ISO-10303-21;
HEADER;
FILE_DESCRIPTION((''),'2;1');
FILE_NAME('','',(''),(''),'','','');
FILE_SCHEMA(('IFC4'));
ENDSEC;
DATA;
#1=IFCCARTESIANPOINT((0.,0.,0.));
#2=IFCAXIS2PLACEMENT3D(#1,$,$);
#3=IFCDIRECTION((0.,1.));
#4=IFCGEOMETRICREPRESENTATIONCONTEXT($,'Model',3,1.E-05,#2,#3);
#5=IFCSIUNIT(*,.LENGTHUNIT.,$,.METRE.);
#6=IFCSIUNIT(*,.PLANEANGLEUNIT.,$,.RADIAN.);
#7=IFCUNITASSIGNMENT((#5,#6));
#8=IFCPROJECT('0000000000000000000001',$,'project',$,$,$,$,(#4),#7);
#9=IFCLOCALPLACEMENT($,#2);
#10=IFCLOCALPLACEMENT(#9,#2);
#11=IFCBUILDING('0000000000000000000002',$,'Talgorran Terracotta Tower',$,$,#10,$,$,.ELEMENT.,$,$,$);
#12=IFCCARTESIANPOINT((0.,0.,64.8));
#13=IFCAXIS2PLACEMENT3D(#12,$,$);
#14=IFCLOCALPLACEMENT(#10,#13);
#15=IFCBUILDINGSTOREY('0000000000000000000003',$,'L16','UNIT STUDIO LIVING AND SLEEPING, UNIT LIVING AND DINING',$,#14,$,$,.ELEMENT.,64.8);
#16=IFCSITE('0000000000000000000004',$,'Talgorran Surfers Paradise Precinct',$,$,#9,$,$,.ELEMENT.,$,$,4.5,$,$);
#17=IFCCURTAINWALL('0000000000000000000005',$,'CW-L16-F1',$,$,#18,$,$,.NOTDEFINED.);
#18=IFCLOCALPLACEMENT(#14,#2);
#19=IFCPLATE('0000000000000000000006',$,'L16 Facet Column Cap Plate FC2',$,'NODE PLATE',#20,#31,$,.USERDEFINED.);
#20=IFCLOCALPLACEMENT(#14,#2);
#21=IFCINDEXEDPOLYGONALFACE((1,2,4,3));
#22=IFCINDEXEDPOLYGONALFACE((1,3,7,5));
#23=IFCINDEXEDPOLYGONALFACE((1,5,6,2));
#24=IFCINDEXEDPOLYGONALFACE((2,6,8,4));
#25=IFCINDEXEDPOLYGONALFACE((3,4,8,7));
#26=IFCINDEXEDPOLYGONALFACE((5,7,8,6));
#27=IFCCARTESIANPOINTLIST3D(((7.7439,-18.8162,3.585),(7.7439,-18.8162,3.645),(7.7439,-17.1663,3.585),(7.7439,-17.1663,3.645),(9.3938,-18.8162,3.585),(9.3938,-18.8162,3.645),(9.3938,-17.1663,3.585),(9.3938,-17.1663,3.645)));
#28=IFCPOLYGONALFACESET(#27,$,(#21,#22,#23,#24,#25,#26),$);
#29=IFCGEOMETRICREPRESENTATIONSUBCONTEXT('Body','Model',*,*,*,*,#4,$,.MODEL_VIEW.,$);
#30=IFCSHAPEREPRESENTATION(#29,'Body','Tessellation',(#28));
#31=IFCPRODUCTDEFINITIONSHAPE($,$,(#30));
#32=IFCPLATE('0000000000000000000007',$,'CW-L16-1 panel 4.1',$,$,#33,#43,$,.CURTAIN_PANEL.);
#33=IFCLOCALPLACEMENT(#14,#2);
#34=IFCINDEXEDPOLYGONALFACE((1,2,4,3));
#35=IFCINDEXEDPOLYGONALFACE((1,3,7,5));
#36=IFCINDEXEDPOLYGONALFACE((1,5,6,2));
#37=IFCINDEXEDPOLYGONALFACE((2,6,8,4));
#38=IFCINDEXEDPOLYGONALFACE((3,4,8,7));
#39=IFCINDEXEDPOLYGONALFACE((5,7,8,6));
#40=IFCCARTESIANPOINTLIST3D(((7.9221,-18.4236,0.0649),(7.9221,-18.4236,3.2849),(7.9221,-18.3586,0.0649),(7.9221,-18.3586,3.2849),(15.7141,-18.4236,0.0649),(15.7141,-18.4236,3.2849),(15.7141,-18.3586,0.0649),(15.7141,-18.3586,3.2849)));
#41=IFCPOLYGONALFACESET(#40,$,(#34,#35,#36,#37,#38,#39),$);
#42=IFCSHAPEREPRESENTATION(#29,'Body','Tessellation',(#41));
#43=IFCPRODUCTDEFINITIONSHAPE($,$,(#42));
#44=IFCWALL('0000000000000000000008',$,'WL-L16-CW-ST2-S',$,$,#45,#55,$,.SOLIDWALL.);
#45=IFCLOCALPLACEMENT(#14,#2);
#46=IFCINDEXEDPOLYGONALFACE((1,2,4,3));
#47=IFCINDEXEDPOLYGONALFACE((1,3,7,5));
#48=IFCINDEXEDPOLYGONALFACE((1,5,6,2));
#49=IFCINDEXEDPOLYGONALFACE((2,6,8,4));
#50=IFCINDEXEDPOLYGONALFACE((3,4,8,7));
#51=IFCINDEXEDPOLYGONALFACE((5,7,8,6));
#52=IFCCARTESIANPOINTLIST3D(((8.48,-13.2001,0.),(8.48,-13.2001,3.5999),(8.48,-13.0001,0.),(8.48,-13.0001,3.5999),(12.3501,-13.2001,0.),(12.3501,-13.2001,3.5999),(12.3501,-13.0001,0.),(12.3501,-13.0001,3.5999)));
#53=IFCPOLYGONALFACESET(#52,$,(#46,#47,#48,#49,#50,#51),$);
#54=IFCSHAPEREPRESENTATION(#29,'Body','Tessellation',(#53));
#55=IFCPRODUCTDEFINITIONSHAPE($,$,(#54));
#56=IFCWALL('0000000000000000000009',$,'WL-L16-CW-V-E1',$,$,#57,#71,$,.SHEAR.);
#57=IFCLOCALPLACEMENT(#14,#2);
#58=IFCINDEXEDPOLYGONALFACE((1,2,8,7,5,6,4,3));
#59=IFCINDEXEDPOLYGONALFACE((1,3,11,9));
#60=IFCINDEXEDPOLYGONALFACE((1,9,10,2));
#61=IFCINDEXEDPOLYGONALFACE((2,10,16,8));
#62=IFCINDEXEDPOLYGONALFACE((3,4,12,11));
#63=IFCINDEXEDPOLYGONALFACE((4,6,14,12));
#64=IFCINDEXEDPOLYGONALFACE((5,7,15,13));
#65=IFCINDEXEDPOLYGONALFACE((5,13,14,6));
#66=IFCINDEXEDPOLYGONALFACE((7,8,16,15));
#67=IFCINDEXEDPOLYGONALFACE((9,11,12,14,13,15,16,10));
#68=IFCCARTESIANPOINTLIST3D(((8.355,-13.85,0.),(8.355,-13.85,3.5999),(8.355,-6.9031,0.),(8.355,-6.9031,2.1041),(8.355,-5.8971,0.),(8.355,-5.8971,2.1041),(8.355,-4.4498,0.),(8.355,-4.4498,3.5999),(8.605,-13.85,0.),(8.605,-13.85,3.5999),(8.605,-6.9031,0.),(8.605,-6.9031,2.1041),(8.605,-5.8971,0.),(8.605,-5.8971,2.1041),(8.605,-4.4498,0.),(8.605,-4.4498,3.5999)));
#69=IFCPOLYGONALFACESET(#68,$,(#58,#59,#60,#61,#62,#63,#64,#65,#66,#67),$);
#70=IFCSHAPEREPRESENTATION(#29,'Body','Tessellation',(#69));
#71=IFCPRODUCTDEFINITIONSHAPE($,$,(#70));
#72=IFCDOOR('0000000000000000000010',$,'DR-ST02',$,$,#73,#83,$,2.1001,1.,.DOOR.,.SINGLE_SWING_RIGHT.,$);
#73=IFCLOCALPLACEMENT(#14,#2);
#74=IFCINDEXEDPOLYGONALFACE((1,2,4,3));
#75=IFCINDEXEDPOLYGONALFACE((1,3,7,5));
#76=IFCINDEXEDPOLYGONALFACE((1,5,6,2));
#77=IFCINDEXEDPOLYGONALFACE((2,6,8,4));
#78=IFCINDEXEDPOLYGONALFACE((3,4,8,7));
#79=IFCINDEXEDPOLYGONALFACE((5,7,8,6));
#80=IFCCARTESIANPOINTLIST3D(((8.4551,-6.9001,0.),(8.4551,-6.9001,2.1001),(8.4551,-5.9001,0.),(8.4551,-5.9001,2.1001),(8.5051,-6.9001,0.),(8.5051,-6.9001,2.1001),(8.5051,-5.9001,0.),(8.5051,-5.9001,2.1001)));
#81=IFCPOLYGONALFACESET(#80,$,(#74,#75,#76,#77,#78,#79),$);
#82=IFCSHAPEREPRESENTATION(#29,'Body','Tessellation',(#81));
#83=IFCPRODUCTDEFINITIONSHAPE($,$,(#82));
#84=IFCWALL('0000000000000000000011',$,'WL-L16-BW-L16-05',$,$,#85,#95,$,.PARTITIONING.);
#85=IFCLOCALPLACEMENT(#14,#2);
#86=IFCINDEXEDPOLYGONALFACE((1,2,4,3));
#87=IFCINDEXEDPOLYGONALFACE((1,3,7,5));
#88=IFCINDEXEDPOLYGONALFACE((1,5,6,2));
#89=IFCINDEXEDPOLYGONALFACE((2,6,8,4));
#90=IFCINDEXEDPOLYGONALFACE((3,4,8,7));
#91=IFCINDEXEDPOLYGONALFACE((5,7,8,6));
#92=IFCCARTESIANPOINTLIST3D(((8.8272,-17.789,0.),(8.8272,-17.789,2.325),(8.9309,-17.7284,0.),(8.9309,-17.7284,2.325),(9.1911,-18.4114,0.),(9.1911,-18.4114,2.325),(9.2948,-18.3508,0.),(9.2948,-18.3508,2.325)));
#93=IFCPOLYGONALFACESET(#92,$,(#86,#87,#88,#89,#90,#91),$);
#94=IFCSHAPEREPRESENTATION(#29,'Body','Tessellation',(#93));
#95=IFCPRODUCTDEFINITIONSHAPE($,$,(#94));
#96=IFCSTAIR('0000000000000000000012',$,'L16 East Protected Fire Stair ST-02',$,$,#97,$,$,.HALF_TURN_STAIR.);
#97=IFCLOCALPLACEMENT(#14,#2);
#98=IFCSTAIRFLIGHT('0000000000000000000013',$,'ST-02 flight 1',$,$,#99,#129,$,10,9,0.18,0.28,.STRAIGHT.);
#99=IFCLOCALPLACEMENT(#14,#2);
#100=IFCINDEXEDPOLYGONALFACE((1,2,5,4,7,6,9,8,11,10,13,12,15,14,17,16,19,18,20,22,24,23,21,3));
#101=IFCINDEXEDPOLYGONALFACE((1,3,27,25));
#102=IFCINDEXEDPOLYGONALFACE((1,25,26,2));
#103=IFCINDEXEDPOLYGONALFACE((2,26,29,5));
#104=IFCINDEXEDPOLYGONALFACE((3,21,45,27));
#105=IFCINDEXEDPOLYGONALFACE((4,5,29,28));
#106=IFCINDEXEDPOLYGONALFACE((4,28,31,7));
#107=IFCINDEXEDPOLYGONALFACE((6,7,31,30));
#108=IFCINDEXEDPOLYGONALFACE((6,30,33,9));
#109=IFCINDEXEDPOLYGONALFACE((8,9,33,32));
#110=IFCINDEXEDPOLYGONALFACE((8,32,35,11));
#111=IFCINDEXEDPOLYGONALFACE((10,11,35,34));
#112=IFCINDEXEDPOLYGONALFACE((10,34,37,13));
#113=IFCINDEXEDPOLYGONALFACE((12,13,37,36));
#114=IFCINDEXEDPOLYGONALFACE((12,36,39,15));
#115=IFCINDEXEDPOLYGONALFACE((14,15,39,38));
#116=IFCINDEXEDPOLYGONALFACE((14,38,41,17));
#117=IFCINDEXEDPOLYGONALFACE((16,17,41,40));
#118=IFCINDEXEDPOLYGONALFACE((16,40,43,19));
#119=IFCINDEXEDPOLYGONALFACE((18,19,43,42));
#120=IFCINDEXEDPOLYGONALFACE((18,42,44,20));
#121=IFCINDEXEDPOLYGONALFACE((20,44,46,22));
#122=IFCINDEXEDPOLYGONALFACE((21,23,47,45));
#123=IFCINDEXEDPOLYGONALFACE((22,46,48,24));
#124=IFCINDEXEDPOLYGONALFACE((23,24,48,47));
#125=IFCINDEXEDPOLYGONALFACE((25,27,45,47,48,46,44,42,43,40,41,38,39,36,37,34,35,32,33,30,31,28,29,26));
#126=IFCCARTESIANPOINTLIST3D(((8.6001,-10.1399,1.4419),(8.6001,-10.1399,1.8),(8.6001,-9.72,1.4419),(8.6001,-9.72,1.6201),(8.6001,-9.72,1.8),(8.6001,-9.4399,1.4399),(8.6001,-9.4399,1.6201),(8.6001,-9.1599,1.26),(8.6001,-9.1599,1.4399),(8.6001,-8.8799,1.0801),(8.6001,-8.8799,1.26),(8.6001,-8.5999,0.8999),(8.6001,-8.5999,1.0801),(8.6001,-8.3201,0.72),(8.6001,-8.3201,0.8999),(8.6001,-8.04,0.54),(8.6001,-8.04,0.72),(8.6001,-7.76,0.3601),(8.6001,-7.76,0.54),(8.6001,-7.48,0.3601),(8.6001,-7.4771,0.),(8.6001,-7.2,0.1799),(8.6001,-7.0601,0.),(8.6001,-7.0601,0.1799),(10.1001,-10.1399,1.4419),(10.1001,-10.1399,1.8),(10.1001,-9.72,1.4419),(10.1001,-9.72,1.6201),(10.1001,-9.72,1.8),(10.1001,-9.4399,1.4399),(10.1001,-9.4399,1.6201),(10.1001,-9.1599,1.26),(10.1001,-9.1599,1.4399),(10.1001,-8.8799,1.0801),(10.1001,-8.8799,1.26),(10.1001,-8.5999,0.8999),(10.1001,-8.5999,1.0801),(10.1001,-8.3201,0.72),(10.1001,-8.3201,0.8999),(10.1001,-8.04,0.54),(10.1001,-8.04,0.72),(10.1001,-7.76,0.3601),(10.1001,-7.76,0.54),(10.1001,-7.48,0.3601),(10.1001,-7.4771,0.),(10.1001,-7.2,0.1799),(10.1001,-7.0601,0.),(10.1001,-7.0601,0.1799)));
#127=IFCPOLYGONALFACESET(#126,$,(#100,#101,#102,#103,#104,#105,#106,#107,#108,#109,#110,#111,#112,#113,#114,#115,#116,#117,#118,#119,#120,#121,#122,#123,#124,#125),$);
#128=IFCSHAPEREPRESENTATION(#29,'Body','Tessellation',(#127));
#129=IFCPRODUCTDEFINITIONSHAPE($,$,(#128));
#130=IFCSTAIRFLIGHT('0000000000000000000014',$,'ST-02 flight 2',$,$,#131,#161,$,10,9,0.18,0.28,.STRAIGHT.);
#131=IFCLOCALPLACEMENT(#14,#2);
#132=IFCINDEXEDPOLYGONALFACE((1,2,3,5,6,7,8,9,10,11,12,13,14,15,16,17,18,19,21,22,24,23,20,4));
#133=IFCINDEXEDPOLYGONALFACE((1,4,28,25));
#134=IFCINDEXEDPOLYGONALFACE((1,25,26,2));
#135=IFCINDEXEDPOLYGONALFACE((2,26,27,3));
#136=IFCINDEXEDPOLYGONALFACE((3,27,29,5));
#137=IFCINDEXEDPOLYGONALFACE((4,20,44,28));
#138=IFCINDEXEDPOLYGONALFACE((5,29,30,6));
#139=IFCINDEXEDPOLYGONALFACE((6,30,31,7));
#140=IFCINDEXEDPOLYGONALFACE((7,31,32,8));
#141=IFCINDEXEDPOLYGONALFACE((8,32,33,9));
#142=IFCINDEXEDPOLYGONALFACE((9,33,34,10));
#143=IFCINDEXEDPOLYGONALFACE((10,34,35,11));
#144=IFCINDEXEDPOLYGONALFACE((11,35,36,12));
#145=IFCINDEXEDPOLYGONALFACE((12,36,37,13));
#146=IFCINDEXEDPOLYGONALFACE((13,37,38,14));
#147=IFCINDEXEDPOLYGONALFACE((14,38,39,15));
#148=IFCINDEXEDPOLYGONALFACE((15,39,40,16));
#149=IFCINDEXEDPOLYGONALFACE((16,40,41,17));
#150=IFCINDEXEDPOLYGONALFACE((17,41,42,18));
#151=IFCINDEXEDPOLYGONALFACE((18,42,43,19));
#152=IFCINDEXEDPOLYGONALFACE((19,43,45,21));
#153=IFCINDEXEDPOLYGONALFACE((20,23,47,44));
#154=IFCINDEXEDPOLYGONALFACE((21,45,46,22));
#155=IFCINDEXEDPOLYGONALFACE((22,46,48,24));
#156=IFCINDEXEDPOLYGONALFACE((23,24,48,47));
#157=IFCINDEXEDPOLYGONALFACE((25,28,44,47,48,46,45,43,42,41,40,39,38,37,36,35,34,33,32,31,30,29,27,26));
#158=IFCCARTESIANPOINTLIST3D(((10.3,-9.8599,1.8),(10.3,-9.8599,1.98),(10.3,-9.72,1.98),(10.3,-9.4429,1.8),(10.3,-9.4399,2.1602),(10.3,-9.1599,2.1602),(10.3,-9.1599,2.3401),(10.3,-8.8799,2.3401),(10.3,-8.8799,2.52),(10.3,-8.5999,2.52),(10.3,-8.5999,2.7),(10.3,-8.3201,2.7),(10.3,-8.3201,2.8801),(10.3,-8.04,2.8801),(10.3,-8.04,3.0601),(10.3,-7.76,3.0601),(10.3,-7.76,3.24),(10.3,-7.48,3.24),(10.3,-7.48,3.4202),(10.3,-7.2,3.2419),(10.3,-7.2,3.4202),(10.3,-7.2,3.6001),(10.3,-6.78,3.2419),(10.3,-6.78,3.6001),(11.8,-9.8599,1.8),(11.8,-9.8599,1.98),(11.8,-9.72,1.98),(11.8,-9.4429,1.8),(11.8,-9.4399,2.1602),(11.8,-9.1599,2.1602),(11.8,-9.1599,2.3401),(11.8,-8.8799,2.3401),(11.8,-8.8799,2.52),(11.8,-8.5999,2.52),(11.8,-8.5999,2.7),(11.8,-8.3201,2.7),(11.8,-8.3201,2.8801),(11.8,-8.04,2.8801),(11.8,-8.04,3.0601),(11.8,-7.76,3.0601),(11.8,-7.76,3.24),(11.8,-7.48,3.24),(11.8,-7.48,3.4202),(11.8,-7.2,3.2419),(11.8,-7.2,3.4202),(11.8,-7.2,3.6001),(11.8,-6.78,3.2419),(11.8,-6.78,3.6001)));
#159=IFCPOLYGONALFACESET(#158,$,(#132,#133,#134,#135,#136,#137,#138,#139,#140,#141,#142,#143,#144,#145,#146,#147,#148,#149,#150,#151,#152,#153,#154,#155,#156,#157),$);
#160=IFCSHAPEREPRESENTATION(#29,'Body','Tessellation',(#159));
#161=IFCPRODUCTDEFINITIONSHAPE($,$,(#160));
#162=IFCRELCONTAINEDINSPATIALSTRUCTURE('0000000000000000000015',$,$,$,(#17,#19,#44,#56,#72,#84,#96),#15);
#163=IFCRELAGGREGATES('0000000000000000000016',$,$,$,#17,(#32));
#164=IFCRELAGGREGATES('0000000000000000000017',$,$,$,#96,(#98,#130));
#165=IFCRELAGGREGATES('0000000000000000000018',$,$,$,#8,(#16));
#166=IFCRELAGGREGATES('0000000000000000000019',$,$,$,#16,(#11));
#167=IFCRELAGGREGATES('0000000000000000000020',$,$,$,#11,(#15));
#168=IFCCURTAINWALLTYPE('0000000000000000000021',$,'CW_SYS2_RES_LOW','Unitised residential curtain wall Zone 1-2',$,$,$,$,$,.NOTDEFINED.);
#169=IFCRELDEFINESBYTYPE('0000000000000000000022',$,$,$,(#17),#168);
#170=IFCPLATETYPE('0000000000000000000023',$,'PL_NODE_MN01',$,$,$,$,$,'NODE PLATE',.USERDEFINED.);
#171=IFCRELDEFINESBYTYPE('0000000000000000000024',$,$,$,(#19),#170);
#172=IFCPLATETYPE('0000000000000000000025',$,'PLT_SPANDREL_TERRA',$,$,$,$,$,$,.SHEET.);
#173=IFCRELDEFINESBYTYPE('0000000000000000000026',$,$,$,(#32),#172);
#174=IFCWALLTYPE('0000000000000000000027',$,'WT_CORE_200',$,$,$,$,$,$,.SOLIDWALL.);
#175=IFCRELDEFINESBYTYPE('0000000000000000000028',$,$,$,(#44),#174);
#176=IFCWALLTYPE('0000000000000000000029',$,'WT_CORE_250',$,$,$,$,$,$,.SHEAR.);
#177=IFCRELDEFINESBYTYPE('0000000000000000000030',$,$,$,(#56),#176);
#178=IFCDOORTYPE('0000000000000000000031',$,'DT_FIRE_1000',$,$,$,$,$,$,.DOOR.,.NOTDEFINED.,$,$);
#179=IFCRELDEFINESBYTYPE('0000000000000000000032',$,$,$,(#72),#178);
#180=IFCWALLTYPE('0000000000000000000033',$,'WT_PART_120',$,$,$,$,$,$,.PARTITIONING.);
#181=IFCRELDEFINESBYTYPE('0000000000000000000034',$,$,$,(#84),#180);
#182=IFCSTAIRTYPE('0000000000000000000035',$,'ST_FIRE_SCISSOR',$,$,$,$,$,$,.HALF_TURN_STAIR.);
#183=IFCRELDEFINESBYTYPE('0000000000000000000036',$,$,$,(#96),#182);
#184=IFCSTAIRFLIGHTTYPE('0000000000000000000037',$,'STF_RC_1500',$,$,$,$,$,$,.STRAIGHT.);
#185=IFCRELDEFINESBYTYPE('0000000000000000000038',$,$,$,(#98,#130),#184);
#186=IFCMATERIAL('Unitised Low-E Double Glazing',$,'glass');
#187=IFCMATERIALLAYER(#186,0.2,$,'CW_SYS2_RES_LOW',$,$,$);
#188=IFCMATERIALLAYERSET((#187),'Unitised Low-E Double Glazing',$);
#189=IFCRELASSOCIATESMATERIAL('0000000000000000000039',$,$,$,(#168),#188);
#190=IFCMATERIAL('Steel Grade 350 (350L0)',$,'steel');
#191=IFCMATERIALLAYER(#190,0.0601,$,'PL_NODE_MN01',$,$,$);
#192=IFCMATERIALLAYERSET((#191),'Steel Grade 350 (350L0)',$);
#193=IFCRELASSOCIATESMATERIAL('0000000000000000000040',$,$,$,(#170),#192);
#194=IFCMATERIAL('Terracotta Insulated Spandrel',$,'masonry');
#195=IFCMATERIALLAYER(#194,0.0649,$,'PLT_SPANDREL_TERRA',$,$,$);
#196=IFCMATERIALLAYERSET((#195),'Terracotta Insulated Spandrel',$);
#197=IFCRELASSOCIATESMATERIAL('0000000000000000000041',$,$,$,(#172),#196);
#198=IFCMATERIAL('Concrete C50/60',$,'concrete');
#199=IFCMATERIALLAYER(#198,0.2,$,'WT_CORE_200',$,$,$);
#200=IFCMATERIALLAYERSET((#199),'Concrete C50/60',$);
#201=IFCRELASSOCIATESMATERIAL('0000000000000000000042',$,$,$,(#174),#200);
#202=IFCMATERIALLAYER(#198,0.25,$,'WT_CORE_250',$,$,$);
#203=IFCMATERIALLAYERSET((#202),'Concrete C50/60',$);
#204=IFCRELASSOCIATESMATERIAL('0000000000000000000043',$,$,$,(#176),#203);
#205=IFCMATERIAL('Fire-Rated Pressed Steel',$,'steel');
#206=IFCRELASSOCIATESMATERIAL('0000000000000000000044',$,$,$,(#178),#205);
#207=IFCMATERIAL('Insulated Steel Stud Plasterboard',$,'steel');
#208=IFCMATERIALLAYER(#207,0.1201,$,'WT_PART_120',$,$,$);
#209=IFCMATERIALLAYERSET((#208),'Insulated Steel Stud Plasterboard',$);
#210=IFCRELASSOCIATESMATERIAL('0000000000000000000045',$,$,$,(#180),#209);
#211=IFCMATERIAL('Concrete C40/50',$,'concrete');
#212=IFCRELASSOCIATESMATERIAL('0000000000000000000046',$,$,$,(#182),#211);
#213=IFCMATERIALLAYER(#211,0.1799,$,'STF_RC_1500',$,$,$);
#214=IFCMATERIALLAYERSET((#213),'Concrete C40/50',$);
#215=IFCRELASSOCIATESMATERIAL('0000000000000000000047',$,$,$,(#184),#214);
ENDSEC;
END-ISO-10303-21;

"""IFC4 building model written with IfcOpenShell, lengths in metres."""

from ifc_helpers import new_model, si_unit, direction, frame, frame_2d, origin, origin_2d, place, context, subcontext, project, spatial, polyline, rectangle, outline, extrude, source, transform, mapped, material, layer, layer_set, type_object, type_shapes, element, fill, aggregate, save


model = new_model("IFC4")

# Units and contexts
model_context = context("Model", 3, precision=1e-05, world=origin(), true_north=direction((0.0, 1.0)))
body_context = subcontext(model_context, "Body", "Model", "MODEL_VIEW")
ifc_project = project(units=[si_unit("LENGTHUNIT", "METRE"), si_unit("PLANEANGLEUNIT", "RADIAN")], contexts=[model_context])

# Site, building, storey
site_placement = place(None, origin())
site = spatial("IfcSite", under=ifc_project, at=site_placement, Name="Talgorran Surfers Paradise Precinct", CompositionType="ELEMENT", RefElevation=4.5)
building_placement = place(site_placement, origin())
building = spatial("IfcBuilding", under=site, at=building_placement, Name="Talgorran Terracotta Tower", CompositionType="ELEMENT")
storey_placement = place(building_placement, frame((0.0, 0.0, 64.8)))
storey = spatial("IfcBuildingStorey", under=building, at=storey_placement, Name="L16", Description="UNIT STUDIO LIVING AND SLEEPING, UNIT LIVING AND DINING", CompositionType="ELEMENT", Elevation=64.8)

# Shared definitions
ifc_material_1 = material(Name="Steel Grade 350 (350L0)", Category="steel")

# Curtain wall
ifc_material_2 = material(Name="Unitised Low-E Double Glazing", Category="glass")
ifc_layer_1 = layer(ifc_material_2, 0.2, Name="CW_SYS2_RES_LOW")
ifc_layer_set_1 = layer_set([ifc_layer_1], Name="Unitised Low-E Double Glazing")
curtain_wall_type = type_object("IfcCurtainWallType", Name="CW_SYS2_RES_LOW", Description="Unitised residential curtain wall Zone 1-2", PredefinedType="NOTDEFINED", material=ifc_layer_set_1)
curtain_wall_placement = place(storey_placement, origin())
curtain_wall = element("IfcCurtainWall", 1, at=curtain_wall_placement, inside=storey, type_object=curtain_wall_type, Name="CW-L16-F1", PredefinedType="NOTDEFINED")

# Plate
ifc_layer_2 = layer(ifc_material_1, 0.0601, Name="PL_NODE_MN01")
ifc_layer_set_2 = layer_set([ifc_layer_2], Name="Steel Grade 350 (350L0)")
plate_type_1 = type_object("IfcPlateType", Name="PL_NODE_MN01", ElementType="NODE PLATE", PredefinedType="USERDEFINED", material=ifc_layer_set_2)
plate_1_placement = place(storey_placement, frame((8.5688, -17.9912, 3.585), z_axis=(0.0, 0.0, 1.0), x_axis=(1.0, 0.0, 0.0)))
element("IfcPlate", 2, at=plate_1_placement, inside=storey, type_object=plate_type_1, Name="L16 Facet Column Cap Plate FC2", ObjectType="NODE PLATE", PredefinedType="USERDEFINED", context=body_context, shape_type="SweptSolid", body=[
    extrude(rectangle(XDim=1.6499, YDim=1.6499, at=origin_2d()), origin(), (0.0, 0.0, 1.0), 0.0601),
])

# Plate
ifc_material_3 = material(Name="Terracotta Insulated Spandrel", Category="masonry")
ifc_layer_3 = layer(ifc_material_3, 0.0649, Name="PLT_SPANDREL_TERRA")
ifc_layer_set_3 = layer_set([ifc_layer_3], Name="Terracotta Insulated Spandrel")
plate_type_2 = type_object("IfcPlateType", Name="PLT_SPANDREL_TERRA", PredefinedType="SHEET", material=ifc_layer_set_3)
shared_shape = source(origin(), body_context, "Body", "SweptSolid", [
    extrude(rectangle(XDim=7.792, YDim=0.0649, at=origin_2d()), origin(), (0.0, 0.0, 1.0), 3.22),
])
type_shapes(plate_type_2, [shared_shape])
plate_2_placement = place(storey_placement, frame((11.8181, -18.3911, 0.0649), z_axis=(0.0, 0.0, 1.0), x_axis=(1.0, 0.0, 0.0)))
plate_2 = element("IfcPlate", 3, at=plate_2_placement, type_object=plate_type_2, Name="CW-L16-1 panel 4.1", PredefinedType="CURTAIN_PANEL", context=body_context, shape_type="MappedRepresentation", body=[
    mapped(shared_shape, transform((0.0, 0.0, 0.0), scale=1.0)),
])
aggregate(curtain_wall, [plate_2])

# Wall
ifc_material_4 = material(Name="Concrete C50/60", Category="concrete")
ifc_layer_4 = layer(ifc_material_4, 0.2, Name="WT_CORE_200")
ifc_layer_set_4 = layer_set([ifc_layer_4], Name="Concrete C50/60")
wall_type_1 = type_object("IfcWallType", Name="WT_CORE_200", PredefinedType="SOLIDWALL", material=ifc_layer_set_4)
wall_1_placement = place(storey_placement, frame((8.48, -13.1001, 0.0), z_axis=(0.0, 0.0, 1.0), x_axis=(1.0, 0.0, 0.0)))
element("IfcWall", 4, at=wall_1_placement, inside=storey, type_object=wall_type_1, Name="WL-L16-CW-ST2-S", PredefinedType="SOLIDWALL", context=body_context, shape_type="SweptSolid", body=[
    extrude(rectangle(XDim=3.8701, YDim=0.2, at=frame_2d((1.9351, 0.0))), origin(), (0.0, 0.0, 1.0), 3.5999),
])

# Wall, opening, door
ifc_layer_5 = layer(ifc_material_4, 0.25, Name="WT_CORE_250")
ifc_layer_set_5 = layer_set([ifc_layer_5], Name="Concrete C50/60")
wall_type_2 = type_object("IfcWallType", Name="WT_CORE_250", PredefinedType="SHEAR", material=ifc_layer_set_5)
wall_2_placement = place(storey_placement, frame((8.48, -13.8501, 0.0), z_axis=(0.0, 0.0, 1.0), x_axis=(0.0, 1.0, 0.0)))
wall_2 = element("IfcWall", 5, at=wall_2_placement, inside=storey, type_object=wall_type_2, Name="WL-L16-CW-V-E1", PredefinedType="SHEAR", context=body_context, shape_type="SweptSolid", body=[
    extrude(rectangle(XDim=9.4001, YDim=0.25, at=frame_2d((4.7002, 0.0))), origin(), (0.0, 0.0, 1.0), 3.5999),
])
opening_placement = place(wall_2_placement, frame((6.95, 0.0, 0.0)))
opening = element("IfcOpeningElement", 6, at=opening_placement, cuts=wall_2, PredefinedType="OPENING", context=body_context, shape_type="SweptSolid", body=[
    extrude(rectangle(XDim=1.006, YDim=2.1041, at=frame_2d((0.5, 1.052))), frame((0.0, 0.135, 0.0), z_axis=(0.0, -1.0, 0.0), x_axis=(1.0, 0.0, 0.0)), (0.0, 0.0, 1.0), 0.27),
])
ifc_material_5 = material(Name="Fire-Rated Pressed Steel", Category="steel")
door_type = type_object("IfcDoorType", Name="DT_FIRE_1000", OperationType="NOTDEFINED", PredefinedType="DOOR", material=ifc_material_5)
door_placement = place(opening_placement, origin())
door = element("IfcDoor", 7, at=door_placement, inside=storey, type_object=door_type, Name="DR-ST02", OperationType="SINGLE_SWING_RIGHT", OverallHeight=2.1001, OverallWidth=1.0, PredefinedType="DOOR", context=body_context, shape_type="SweptSolid", body=[
    extrude(rectangle(XDim=1.0, YDim=2.1001, at=frame_2d((0.5, 1.05))), frame((0.0, 0.0249, 0.0), z_axis=(0.0, -1.0, 0.0), x_axis=(1.0, 0.0, 0.0)), (0.0, 0.0, 1.0), 0.05),
])
fill(opening, door)

# Wall
ifc_material_6 = material(Name="Insulated Steel Stud Plasterboard", Category="steel")
ifc_layer_6 = layer(ifc_material_6, 0.1201, Name="WT_PART_120")
ifc_layer_set_6 = layer_set([ifc_layer_6], Name="Insulated Steel Stud Plasterboard")
wall_type_3 = type_object("IfcWallType", Name="WT_PART_120", PredefinedType="PARTITIONING", material=ifc_layer_set_6)
wall_3_placement = place(storey_placement, frame((8.8792, -17.7588, 0.0), z_axis=(0.0, 0.0, 1.0), x_axis=(0.50465, -0.863324, 0.0)))
element("IfcWall", 8, at=wall_3_placement, inside=storey, type_object=wall_type_3, Name="WL-L16-BW-L16-05", PredefinedType="PARTITIONING", context=body_context, shape_type="SweptSolid", body=[
    extrude(rectangle(XDim=0.7209, YDim=0.1201, at=frame_2d((0.3604, 0.0))), origin(), (0.0, 0.0, 1.0), 2.325),
])

# Stair, stair flights
ifc_material_7 = material(Name="Concrete C40/50", Category="concrete")
stair_type = type_object("IfcStairType", Name="ST_FIRE_SCISSOR", PredefinedType="HALF_TURN_STAIR", material=ifc_material_7)
stair_placement = place(storey_placement, origin())
stair = element("IfcStair", 9, at=stair_placement, inside=storey, type_object=stair_type, Name="L16 East Protected Fire Stair ST-02", PredefinedType="HALF_TURN_STAIR")
ifc_layer_7 = layer(ifc_material_7, 0.1799, Name="STF_RC_1500")
ifc_layer_set_7 = layer_set([ifc_layer_7], Name="Concrete C40/50")
stair_flight_type = type_object("IfcStairFlightType", Name="STF_RC_1500", PredefinedType="STRAIGHT", material=ifc_layer_set_7)
stair_flight_1_placement = place(storey_placement, frame((9.3501, -7.2, 0.0), z_axis=(0.0, 0.0, 1.0), x_axis=(0.0, -1.0, 0.0)))
stair_flight_1 = element("IfcStairFlight", 10, at=stair_flight_1_placement, type_object=stair_flight_type, Name="ST-02 flight 1", NumberOfRisers=10, NumberOfTreads=9, PredefinedType="STRAIGHT", RiserHeight=0.18, TreadLength=0.28, context=body_context, shape_type="SweptSolid", body=[
    extrude(outline(polyline([(-0.1399, 0.0), (-0.1399, 0.1799), (0.0, 0.1799), (0.28, 0.3601), (0.5601, 0.3601), (0.5601, 0.54), (0.8401, 0.54), (0.8401, 0.72), (1.1201, 0.72), (1.1201, 0.8999), (1.3999, 0.8999), (1.3999, 1.0801), (1.6799, 1.0801), (1.6799, 1.26), (1.96, 1.26), (1.96, 1.4399), (2.24, 1.4399), (2.24, 1.6201), (2.52, 1.6201), (2.52, 1.8), (2.9399, 1.8), (2.9399, 1.4419), (2.52, 1.4419), (0.2771, 0.0), (-0.1399, 0.0)])), frame((0.0, 0.75, 0.0), z_axis=(0.0, -1.0, 0.0), x_axis=(1.0, 0.0, 0.0)), (0.0, 0.0, 1.0), 1.5),
])
stair_flight_2_placement = place(storey_placement, frame((11.05, -9.72, 1.8), z_axis=(0.0, 0.0, 1.0), x_axis=(0.0, 1.0, 0.0)))
stair_flight_2 = element("IfcStairFlight", 11, at=stair_flight_2_placement, type_object=stair_flight_type, Name="ST-02 flight 2", NumberOfRisers=10, NumberOfTreads=9, PredefinedType="STRAIGHT", RiserHeight=0.18, TreadLength=0.28, context=body_context, shape_type="SweptSolid", body=[
    extrude(outline(polyline([(-0.1399, 0.0), (-0.1399, 0.1799), (0.0, 0.1799), (0.28, 0.3601), (0.5601, 0.3601), (0.5601, 0.54), (0.8401, 0.54), (0.8401, 0.72), (1.1201, 0.72), (1.1201, 0.8999), (1.3999, 0.8999), (1.3999, 1.0801), (1.6799, 1.0801), (1.6799, 1.26), (1.96, 1.26), (1.96, 1.4399), (2.24, 1.4399), (2.24, 1.6201), (2.52, 1.6201), (2.52, 1.8), (2.9399, 1.8), (2.9399, 1.4419), (2.52, 1.4419), (0.2771, 0.0), (-0.1399, 0.0)])), frame((0.0, 0.75, 0.0), z_axis=(0.0, -1.0, 0.0), x_axis=(1.0, 0.0, 0.0)), (0.0, 0.0, 1.0), 1.5),
])
aggregate(stair, [stair_flight_1, stair_flight_2])

save(model, "model.ifc")
